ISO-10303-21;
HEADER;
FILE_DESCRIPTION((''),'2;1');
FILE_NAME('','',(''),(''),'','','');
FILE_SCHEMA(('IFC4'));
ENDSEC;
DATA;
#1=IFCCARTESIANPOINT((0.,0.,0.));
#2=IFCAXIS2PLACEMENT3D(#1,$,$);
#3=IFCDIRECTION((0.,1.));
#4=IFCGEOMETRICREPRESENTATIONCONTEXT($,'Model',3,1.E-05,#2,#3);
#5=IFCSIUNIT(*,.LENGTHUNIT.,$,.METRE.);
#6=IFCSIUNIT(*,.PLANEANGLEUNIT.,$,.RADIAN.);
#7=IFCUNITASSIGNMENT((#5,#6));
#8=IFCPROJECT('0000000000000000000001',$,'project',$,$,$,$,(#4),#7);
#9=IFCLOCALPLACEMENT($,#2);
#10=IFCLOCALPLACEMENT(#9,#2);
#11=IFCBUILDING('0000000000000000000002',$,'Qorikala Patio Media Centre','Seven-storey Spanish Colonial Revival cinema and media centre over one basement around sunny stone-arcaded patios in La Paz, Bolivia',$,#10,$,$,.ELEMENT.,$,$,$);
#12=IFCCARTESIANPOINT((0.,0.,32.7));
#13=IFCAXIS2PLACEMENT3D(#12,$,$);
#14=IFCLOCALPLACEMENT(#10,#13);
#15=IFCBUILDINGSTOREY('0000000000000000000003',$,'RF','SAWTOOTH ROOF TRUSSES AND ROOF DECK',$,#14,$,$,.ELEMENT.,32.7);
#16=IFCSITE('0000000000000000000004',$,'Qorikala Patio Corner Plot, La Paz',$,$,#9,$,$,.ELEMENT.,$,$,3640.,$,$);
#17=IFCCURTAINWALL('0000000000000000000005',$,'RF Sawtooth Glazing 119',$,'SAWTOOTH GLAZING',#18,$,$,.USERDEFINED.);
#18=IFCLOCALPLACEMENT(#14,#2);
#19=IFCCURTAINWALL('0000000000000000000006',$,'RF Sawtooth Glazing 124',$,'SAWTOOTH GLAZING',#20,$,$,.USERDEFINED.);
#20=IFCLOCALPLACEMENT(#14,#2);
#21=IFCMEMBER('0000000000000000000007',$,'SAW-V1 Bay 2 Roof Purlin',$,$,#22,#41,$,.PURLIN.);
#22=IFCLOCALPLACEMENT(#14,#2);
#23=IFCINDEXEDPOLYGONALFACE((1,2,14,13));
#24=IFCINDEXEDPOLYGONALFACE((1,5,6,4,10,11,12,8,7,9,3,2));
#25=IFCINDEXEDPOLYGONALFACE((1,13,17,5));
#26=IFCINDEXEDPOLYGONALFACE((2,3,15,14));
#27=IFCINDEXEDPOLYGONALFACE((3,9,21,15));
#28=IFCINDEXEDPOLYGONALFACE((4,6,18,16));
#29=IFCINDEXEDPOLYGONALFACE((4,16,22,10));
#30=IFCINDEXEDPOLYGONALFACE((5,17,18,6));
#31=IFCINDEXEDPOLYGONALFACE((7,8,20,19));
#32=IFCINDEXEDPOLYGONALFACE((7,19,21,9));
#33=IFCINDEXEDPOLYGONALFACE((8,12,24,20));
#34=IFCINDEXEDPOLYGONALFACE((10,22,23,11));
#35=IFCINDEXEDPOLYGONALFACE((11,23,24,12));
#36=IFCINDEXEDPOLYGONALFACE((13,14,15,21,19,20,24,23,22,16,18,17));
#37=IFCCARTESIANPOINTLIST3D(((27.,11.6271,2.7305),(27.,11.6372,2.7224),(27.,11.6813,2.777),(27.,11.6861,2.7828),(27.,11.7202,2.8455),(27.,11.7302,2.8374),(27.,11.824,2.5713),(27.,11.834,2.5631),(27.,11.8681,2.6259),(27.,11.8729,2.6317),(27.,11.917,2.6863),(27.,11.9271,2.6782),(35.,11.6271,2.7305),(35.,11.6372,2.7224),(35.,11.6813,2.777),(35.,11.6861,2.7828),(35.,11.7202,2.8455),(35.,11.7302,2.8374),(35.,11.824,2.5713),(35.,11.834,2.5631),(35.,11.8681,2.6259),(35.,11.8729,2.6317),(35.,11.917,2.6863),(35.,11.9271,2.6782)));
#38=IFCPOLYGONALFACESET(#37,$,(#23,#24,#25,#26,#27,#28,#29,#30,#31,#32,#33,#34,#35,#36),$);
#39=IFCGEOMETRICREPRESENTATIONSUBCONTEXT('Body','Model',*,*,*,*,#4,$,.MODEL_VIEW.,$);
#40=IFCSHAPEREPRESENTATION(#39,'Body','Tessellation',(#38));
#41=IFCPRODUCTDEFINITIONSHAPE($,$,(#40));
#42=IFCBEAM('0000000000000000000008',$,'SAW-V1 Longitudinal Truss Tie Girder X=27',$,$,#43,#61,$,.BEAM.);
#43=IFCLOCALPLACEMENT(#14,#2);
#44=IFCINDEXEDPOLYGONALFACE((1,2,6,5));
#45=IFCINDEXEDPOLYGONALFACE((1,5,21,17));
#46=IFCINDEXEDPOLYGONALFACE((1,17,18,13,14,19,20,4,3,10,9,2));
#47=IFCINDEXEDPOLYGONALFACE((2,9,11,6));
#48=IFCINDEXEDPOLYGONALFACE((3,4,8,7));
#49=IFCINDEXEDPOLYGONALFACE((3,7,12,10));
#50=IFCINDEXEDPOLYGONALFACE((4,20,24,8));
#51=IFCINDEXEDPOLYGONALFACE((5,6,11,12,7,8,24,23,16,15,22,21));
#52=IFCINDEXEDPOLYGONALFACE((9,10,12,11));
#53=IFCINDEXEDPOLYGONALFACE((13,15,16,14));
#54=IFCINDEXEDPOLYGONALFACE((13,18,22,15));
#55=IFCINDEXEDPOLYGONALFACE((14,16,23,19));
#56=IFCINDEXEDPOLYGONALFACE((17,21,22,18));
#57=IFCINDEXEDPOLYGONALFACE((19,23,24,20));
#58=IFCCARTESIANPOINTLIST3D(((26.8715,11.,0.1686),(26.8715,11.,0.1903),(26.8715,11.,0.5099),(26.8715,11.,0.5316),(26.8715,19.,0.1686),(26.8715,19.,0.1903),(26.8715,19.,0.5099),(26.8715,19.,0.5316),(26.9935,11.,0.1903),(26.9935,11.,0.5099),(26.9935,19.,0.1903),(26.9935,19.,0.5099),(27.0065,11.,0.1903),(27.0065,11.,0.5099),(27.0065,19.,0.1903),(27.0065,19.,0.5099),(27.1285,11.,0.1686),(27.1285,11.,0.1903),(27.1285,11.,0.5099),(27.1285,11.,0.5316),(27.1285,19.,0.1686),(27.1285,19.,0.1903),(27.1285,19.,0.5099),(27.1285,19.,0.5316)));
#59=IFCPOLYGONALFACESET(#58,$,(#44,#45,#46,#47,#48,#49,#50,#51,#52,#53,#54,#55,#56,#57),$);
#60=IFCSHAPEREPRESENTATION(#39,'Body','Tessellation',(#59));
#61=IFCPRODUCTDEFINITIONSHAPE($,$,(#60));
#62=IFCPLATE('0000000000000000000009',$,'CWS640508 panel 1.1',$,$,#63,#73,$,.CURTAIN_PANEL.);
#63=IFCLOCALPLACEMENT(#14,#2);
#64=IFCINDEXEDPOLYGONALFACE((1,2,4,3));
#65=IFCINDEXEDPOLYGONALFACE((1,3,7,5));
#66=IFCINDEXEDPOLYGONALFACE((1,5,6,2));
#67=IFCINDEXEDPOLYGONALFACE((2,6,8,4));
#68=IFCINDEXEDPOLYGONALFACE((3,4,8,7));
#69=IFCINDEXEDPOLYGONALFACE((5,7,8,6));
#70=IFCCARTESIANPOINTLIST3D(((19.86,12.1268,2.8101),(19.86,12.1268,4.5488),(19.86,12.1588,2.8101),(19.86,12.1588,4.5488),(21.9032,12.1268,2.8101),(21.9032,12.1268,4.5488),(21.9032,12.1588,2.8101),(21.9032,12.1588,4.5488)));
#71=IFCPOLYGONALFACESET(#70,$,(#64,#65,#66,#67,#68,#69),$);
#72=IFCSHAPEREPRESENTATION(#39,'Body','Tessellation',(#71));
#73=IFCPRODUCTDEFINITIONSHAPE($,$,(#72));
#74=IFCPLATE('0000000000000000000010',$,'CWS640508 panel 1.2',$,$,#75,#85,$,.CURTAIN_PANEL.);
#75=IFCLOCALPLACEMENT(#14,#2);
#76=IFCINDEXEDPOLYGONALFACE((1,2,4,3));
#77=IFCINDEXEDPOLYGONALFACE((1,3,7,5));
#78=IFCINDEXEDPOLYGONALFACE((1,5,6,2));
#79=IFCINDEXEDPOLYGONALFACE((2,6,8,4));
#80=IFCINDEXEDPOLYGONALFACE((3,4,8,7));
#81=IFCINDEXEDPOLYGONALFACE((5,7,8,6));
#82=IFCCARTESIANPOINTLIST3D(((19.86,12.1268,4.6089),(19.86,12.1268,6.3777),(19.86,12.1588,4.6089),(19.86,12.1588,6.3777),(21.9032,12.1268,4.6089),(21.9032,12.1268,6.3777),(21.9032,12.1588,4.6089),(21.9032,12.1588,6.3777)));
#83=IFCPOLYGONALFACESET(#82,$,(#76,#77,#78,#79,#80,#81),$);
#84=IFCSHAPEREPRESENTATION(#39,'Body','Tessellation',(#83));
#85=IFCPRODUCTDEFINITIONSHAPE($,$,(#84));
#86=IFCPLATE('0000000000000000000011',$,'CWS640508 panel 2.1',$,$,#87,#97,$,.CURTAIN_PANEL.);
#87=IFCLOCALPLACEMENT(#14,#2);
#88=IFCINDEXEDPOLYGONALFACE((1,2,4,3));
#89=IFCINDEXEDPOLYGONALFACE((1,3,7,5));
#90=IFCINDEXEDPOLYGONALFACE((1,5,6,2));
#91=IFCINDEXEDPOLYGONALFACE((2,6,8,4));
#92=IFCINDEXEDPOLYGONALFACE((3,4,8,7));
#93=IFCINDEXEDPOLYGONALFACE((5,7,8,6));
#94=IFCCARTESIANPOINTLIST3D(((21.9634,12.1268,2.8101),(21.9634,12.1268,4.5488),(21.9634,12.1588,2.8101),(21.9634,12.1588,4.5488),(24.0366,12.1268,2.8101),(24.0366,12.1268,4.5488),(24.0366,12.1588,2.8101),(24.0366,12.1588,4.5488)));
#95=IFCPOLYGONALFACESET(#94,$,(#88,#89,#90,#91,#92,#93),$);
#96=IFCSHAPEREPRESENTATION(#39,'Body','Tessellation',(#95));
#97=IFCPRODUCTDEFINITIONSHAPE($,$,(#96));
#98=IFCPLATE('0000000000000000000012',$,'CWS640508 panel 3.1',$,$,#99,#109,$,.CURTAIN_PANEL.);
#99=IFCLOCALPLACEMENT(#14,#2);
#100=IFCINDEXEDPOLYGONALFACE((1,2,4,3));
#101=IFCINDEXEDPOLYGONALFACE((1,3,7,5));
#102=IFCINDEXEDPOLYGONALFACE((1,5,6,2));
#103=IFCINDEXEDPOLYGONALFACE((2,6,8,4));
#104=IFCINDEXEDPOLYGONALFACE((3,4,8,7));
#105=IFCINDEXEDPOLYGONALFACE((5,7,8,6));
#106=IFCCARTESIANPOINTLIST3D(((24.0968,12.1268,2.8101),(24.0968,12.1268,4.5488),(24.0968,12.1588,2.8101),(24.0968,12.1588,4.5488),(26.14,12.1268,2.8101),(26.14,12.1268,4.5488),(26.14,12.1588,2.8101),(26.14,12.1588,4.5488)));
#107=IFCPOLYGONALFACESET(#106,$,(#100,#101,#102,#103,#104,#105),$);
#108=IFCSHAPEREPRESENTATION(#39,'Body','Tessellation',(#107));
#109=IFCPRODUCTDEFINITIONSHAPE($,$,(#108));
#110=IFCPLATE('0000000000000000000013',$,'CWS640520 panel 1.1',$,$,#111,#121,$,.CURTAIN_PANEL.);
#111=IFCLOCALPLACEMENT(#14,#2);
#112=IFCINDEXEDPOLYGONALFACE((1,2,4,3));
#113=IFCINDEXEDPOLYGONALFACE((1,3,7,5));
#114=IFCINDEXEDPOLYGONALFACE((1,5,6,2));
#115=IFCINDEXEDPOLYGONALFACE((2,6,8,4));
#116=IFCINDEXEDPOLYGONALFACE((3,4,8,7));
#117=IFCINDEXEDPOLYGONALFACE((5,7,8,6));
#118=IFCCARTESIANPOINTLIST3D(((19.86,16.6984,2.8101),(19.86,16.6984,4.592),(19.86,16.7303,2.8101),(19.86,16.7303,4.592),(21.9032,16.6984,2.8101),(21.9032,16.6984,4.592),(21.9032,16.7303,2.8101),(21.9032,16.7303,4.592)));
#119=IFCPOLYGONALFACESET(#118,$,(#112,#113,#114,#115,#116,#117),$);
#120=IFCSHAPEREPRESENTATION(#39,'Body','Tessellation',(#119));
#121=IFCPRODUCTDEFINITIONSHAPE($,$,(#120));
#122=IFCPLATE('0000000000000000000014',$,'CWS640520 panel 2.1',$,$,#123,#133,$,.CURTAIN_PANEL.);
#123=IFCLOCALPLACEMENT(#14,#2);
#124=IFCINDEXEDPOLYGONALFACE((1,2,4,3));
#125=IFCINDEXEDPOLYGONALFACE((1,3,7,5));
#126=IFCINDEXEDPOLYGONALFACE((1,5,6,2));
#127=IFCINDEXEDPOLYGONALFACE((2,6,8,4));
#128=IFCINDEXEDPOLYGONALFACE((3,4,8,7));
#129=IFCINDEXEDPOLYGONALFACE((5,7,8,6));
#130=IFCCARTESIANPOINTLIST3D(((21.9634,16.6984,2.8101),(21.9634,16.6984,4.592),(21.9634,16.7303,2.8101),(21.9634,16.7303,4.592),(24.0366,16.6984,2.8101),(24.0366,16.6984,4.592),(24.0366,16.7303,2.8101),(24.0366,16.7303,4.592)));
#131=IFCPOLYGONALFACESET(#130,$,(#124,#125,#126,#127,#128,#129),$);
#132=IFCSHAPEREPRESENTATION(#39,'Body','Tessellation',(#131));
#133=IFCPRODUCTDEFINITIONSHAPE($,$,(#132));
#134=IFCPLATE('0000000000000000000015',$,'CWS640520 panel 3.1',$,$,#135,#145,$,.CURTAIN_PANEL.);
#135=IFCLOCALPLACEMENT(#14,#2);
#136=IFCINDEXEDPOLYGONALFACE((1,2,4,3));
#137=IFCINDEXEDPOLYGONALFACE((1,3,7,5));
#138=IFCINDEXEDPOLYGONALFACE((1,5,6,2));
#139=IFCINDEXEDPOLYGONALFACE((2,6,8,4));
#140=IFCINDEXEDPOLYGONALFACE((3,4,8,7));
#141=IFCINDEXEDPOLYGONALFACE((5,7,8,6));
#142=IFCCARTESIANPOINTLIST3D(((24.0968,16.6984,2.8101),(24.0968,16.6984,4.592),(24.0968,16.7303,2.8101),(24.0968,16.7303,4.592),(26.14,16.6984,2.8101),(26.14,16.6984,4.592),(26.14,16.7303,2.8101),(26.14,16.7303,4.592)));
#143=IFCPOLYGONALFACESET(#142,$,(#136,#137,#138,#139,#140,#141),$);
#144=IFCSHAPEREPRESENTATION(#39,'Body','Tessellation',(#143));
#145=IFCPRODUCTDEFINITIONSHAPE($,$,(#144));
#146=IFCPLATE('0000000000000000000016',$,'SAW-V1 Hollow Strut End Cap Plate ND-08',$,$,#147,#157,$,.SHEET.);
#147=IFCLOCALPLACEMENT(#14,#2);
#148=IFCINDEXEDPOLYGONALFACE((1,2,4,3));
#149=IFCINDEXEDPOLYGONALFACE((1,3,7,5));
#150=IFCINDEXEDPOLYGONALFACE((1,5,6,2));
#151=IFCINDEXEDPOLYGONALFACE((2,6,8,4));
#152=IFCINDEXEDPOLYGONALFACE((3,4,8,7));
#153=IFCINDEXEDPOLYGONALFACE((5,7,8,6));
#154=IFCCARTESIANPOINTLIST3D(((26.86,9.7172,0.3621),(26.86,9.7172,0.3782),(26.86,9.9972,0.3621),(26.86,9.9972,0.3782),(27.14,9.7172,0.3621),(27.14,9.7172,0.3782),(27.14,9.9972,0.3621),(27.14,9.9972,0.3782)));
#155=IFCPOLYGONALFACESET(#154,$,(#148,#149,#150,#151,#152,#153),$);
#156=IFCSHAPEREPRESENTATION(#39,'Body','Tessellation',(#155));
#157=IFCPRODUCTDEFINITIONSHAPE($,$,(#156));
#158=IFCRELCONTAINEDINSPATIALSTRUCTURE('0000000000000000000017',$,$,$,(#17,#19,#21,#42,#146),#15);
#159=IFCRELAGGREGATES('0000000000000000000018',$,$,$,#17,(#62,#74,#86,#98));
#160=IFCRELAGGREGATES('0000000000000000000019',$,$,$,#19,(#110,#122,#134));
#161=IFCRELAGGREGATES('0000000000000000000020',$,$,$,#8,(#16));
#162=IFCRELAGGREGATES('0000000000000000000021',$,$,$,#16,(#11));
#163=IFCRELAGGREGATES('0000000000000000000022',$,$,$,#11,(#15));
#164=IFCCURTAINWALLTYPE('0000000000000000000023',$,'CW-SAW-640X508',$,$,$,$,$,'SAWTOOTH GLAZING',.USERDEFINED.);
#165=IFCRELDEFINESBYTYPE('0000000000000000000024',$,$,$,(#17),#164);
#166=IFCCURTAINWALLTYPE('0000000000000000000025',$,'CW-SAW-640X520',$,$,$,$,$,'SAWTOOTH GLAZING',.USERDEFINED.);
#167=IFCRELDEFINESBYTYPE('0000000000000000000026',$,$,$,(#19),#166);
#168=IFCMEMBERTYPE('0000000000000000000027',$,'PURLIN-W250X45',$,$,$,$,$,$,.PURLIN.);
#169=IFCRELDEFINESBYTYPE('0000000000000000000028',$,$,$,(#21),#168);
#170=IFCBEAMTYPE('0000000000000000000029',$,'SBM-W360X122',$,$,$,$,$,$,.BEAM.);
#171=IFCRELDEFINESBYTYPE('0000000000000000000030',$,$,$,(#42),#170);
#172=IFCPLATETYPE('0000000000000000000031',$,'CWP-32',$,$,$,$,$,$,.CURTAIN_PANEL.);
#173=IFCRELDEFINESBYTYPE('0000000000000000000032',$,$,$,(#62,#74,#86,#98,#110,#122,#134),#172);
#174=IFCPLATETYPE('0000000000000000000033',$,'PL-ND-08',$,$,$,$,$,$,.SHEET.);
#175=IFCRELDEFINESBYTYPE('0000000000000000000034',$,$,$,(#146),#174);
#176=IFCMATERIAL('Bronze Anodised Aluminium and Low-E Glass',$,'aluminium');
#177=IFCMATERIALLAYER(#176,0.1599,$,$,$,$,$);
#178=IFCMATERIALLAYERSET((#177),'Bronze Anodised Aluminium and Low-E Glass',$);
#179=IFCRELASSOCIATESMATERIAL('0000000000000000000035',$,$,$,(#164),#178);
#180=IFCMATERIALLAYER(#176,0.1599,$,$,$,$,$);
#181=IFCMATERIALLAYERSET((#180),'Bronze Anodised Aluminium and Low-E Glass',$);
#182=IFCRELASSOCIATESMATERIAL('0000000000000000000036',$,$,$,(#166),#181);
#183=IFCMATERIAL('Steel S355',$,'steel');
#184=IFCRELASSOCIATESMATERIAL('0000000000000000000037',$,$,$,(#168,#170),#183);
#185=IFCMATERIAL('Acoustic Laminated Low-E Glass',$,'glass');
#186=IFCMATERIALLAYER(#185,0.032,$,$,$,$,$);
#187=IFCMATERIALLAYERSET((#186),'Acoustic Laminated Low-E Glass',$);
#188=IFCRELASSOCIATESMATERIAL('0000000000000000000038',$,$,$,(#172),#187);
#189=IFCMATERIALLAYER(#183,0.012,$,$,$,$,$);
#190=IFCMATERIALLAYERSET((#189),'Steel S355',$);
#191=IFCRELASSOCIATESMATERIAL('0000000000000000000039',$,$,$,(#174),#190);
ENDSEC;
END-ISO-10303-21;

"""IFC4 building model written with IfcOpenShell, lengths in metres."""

from ifc_helpers import new_model, si_unit, direction, frame, origin, origin_2d, place, context, subcontext, project, spatial, rectangle, i_section, extrude, material, layer, layer_set, material_profile, profile_set, type_object, element, aggregate, save


model = new_model("IFC4")

# Units and contexts
model_context = context("Model", 3, precision=1e-05, world=origin(), true_north=direction((0.0, 1.0)))
body_context = subcontext(model_context, "Body", "Model", "MODEL_VIEW")
ifc_project = project(units=[si_unit("LENGTHUNIT", "METRE"), si_unit("PLANEANGLEUNIT", "RADIAN")], contexts=[model_context])

# Site, building, storey
site_placement = place(None, origin())
site = spatial("IfcSite", under=ifc_project, at=site_placement, Name="Qorikala Patio Corner Plot, La Paz", CompositionType="ELEMENT", RefElevation=3640.0)
building_placement = place(site_placement, origin())
building = spatial("IfcBuilding", under=site, at=building_placement, Name="Qorikala Patio Media Centre", Description="Seven-storey Spanish Colonial Revival cinema and media centre over one basement around sunny stone-arcaded patios in La Paz, Bolivia", CompositionType="ELEMENT")
storey_placement = place(building_placement, frame((0.0, 0.0, 32.7)))
storey = spatial("IfcBuildingStorey", under=building, at=storey_placement, Name="RF", Description="SAWTOOTH ROOF TRUSSES AND ROOF DECK", CompositionType="ELEMENT", Elevation=32.7)

# Shared definitions
ifc_material_1 = material(Name="Steel S355", Category="steel")

# Curtain walls
ifc_material_2 = material(Name="Bronze Anodised Aluminium and Low-E Glass", Category="aluminium")
ifc_layer_1 = layer(ifc_material_2, 0.1599)
ifc_layer_set_1 = layer_set([ifc_layer_1], Name="Bronze Anodised Aluminium and Low-E Glass")
curtain_wall_type_1 = type_object("IfcCurtainWallType", Name="CW-SAW-640X508", ElementType="SAWTOOTH GLAZING", PredefinedType="USERDEFINED", material=ifc_layer_set_1)
curtain_wall_1_placement = place(storey_placement, origin())
curtain_wall_1 = element("IfcCurtainWall", 1, at=curtain_wall_1_placement, inside=storey, type_object=curtain_wall_type_1, Name="RF Sawtooth Glazing 119", ObjectType="SAWTOOTH GLAZING", PredefinedType="USERDEFINED")
ifc_layer_2 = layer(ifc_material_2, 0.1599)
ifc_layer_set_2 = layer_set([ifc_layer_2], Name="Bronze Anodised Aluminium and Low-E Glass")
curtain_wall_type_2 = type_object("IfcCurtainWallType", Name="CW-SAW-640X520", ElementType="SAWTOOTH GLAZING", PredefinedType="USERDEFINED", material=ifc_layer_set_2)
curtain_wall_2_placement = place(storey_placement, origin())
curtain_wall_2 = element("IfcCurtainWall", 2, at=curtain_wall_2_placement, inside=storey, type_object=curtain_wall_type_2, Name="RF Sawtooth Glazing 124", ObjectType="SAWTOOTH GLAZING", PredefinedType="USERDEFINED")

# Member
ifc_material_profile_1 = material_profile(ifc_material_1, i_section(OverallWidth=0.1479, OverallDepth=0.2661, WebThickness=0.0076, FlangeThickness=0.0129, at=origin_2d()), Name="W250X45")
ifc_profile_set_1 = profile_set([ifc_material_profile_1], Name="Steel S355")
member_type_1 = type_object("IfcMemberType", Name="PURLIN-W250X45", PredefinedType="PURLIN", material=ifc_profile_set_1)
member_1_placement = place(storey_placement, frame((27.0, 11.7771, 2.7043), z_axis=(1.0, 0.0, 0.0), x_axis=(0.0, 0.628995, 0.77741)))
element("IfcMember", 3, at=member_1_placement, inside=storey, type_object=member_type_1, Name="SAW-V1 Bay 2 Roof Purlin", PredefinedType="PURLIN", context=body_context, shape_type="SweptSolid", body=[
    extrude(i_section(OverallWidth=0.1479, OverallDepth=0.2661, WebThickness=0.0076, FlangeThickness=0.0129, at=origin_2d()), origin(), (0.0, 0.0, 1.0), 8.0),
])

# Beam
ifc_material_profile_2 = material_profile(ifc_material_1, i_section(OverallWidth=0.2571, OverallDepth=0.363, WebThickness=0.0129, FlangeThickness=0.0217, at=origin_2d()), Name="W360X122")
ifc_profile_set_2 = profile_set([ifc_material_profile_2], Name="Steel S355")
beam_type = type_object("IfcBeamType", Name="SBM-W360X122", PredefinedType="BEAM", material=ifc_profile_set_2)
beam_placement = place(storey_placement, frame((27.0, 11.0, 0.3501), z_axis=(0.0, 1.0, 0.0), x_axis=(-1.0, 0.0, 0.0)))
element("IfcBeam", 4, at=beam_placement, inside=storey, type_object=beam_type, Name="SAW-V1 Longitudinal Truss Tie Girder X=27", PredefinedType="BEAM", context=body_context, shape_type="SweptSolid", body=[
    extrude(i_section(OverallWidth=0.2571, OverallDepth=0.363, WebThickness=0.0129, FlangeThickness=0.0217, at=origin_2d()), origin(), (0.0, 0.0, 1.0), 8.0),
])

# Plates
ifc_material_3 = material(Name="Acoustic Laminated Low-E Glass", Category="glass")
ifc_layer_3 = layer(ifc_material_3, 0.032)
ifc_layer_set_3 = layer_set([ifc_layer_3], Name="Acoustic Laminated Low-E Glass")
plate_type_1 = type_object("IfcPlateType", Name="CWP-32", PredefinedType="CURTAIN_PANEL", material=ifc_layer_set_3)
plate_1_placement = place(storey_placement, frame((20.8816, 12.1428, 2.8101), z_axis=(0.0, 0.0, 1.0), x_axis=(1.0, 0.0, 0.0)))
plate_1 = element("IfcPlate", 5, at=plate_1_placement, type_object=plate_type_1, Name="CWS640508 panel 1.1", PredefinedType="CURTAIN_PANEL", context=body_context, shape_type="SweptSolid", body=[
    extrude(rectangle(XDim=2.0432, YDim=0.032, at=origin_2d()), origin(), (0.0, 0.0, 1.0), 1.7388),
])
plate_2_placement = place(storey_placement, frame((20.8816, 12.1428, 4.6089), z_axis=(0.0, 0.0, 1.0), x_axis=(1.0, 0.0, 0.0)))
plate_2 = element("IfcPlate", 6, at=plate_2_placement, type_object=plate_type_1, Name="CWS640508 panel 1.2", PredefinedType="CURTAIN_PANEL", context=body_context, shape_type="SweptSolid", body=[
    extrude(rectangle(XDim=2.0432, YDim=0.032, at=origin_2d()), origin(), (0.0, 0.0, 1.0), 1.7688),
])
plate_3_placement = place(storey_placement, frame((23.0, 12.1428, 2.8101), z_axis=(0.0, 0.0, 1.0), x_axis=(1.0, 0.0, 0.0)))
plate_3 = element("IfcPlate", 7, at=plate_3_placement, type_object=plate_type_1, Name="CWS640508 panel 2.1", PredefinedType="CURTAIN_PANEL", context=body_context, shape_type="SweptSolid", body=[
    extrude(rectangle(XDim=2.0732, YDim=0.032, at=origin_2d()), origin(), (0.0, 0.0, 1.0), 1.7388),
])
plate_4_placement = place(storey_placement, frame((25.1184, 12.1428, 2.8101), z_axis=(0.0, 0.0, 1.0), x_axis=(1.0, 0.0, 0.0)))
plate_4 = element("IfcPlate", 8, at=plate_4_placement, type_object=plate_type_1, Name="CWS640508 panel 3.1", PredefinedType="CURTAIN_PANEL", context=body_context, shape_type="SweptSolid", body=[
    extrude(rectangle(XDim=2.0432, YDim=0.032, at=origin_2d()), origin(), (0.0, 0.0, 1.0), 1.7388),
])
aggregate(curtain_wall_1, [plate_1, plate_2, plate_3, plate_4])
plate_5_placement = place(storey_placement, frame((20.8816, 16.7144, 2.8101), z_axis=(0.0, 0.0, 1.0), x_axis=(1.0, 0.0, 0.0)))
plate_5 = element("IfcPlate", 9, at=plate_5_placement, type_object=plate_type_1, Name="CWS640520 panel 1.1", PredefinedType="CURTAIN_PANEL", context=body_context, shape_type="SweptSolid", body=[
    extrude(rectangle(XDim=2.0432, YDim=0.032, at=origin_2d()), origin(), (0.0, 0.0, 1.0), 1.782),
])
plate_6_placement = place(storey_placement, frame((23.0, 16.7144, 2.8101), z_axis=(0.0, 0.0, 1.0), x_axis=(1.0, 0.0, 0.0)))
plate_6 = element("IfcPlate", 10, at=plate_6_placement, type_object=plate_type_1, Name="CWS640520 panel 2.1", PredefinedType="CURTAIN_PANEL", context=body_context, shape_type="SweptSolid", body=[
    extrude(rectangle(XDim=2.0732, YDim=0.032, at=origin_2d()), origin(), (0.0, 0.0, 1.0), 1.782),
])
plate_7_placement = place(storey_placement, frame((25.1184, 16.7144, 2.8101), z_axis=(0.0, 0.0, 1.0), x_axis=(1.0, 0.0, 0.0)))
plate_7 = element("IfcPlate", 11, at=plate_7_placement, type_object=plate_type_1, Name="CWS640520 panel 3.1", PredefinedType="CURTAIN_PANEL", context=body_context, shape_type="SweptSolid", body=[
    extrude(rectangle(XDim=2.0432, YDim=0.032, at=origin_2d()), origin(), (0.0, 0.0, 1.0), 1.782),
])
aggregate(curtain_wall_2, [plate_5, plate_6, plate_7])
ifc_layer_4 = layer(ifc_material_1, 0.012)
ifc_layer_set_4 = layer_set([ifc_layer_4], Name="Steel S355")
plate_type_2 = type_object("IfcPlateType", Name="PL-ND-08", PredefinedType="SHEET", material=ifc_layer_set_4)
plate_8_placement = place(storey_placement, frame((27.0, 9.8572, 0.3621), z_axis=(0.0, 0.0, 1.0), x_axis=(1.0, 0.0, 0.0)))
element("IfcPlate", 12, at=plate_8_placement, inside=storey, type_object=plate_type_2, Name="SAW-V1 Hollow Strut End Cap Plate ND-08", PredefinedType="SHEET", context=body_context, shape_type="SweptSolid", body=[
    extrude(rectangle(XDim=0.28, YDim=0.28, at=origin_2d()), origin(), (0.0, 0.0, 1.0), 0.0161),
])

save(model, "model.ifc")
